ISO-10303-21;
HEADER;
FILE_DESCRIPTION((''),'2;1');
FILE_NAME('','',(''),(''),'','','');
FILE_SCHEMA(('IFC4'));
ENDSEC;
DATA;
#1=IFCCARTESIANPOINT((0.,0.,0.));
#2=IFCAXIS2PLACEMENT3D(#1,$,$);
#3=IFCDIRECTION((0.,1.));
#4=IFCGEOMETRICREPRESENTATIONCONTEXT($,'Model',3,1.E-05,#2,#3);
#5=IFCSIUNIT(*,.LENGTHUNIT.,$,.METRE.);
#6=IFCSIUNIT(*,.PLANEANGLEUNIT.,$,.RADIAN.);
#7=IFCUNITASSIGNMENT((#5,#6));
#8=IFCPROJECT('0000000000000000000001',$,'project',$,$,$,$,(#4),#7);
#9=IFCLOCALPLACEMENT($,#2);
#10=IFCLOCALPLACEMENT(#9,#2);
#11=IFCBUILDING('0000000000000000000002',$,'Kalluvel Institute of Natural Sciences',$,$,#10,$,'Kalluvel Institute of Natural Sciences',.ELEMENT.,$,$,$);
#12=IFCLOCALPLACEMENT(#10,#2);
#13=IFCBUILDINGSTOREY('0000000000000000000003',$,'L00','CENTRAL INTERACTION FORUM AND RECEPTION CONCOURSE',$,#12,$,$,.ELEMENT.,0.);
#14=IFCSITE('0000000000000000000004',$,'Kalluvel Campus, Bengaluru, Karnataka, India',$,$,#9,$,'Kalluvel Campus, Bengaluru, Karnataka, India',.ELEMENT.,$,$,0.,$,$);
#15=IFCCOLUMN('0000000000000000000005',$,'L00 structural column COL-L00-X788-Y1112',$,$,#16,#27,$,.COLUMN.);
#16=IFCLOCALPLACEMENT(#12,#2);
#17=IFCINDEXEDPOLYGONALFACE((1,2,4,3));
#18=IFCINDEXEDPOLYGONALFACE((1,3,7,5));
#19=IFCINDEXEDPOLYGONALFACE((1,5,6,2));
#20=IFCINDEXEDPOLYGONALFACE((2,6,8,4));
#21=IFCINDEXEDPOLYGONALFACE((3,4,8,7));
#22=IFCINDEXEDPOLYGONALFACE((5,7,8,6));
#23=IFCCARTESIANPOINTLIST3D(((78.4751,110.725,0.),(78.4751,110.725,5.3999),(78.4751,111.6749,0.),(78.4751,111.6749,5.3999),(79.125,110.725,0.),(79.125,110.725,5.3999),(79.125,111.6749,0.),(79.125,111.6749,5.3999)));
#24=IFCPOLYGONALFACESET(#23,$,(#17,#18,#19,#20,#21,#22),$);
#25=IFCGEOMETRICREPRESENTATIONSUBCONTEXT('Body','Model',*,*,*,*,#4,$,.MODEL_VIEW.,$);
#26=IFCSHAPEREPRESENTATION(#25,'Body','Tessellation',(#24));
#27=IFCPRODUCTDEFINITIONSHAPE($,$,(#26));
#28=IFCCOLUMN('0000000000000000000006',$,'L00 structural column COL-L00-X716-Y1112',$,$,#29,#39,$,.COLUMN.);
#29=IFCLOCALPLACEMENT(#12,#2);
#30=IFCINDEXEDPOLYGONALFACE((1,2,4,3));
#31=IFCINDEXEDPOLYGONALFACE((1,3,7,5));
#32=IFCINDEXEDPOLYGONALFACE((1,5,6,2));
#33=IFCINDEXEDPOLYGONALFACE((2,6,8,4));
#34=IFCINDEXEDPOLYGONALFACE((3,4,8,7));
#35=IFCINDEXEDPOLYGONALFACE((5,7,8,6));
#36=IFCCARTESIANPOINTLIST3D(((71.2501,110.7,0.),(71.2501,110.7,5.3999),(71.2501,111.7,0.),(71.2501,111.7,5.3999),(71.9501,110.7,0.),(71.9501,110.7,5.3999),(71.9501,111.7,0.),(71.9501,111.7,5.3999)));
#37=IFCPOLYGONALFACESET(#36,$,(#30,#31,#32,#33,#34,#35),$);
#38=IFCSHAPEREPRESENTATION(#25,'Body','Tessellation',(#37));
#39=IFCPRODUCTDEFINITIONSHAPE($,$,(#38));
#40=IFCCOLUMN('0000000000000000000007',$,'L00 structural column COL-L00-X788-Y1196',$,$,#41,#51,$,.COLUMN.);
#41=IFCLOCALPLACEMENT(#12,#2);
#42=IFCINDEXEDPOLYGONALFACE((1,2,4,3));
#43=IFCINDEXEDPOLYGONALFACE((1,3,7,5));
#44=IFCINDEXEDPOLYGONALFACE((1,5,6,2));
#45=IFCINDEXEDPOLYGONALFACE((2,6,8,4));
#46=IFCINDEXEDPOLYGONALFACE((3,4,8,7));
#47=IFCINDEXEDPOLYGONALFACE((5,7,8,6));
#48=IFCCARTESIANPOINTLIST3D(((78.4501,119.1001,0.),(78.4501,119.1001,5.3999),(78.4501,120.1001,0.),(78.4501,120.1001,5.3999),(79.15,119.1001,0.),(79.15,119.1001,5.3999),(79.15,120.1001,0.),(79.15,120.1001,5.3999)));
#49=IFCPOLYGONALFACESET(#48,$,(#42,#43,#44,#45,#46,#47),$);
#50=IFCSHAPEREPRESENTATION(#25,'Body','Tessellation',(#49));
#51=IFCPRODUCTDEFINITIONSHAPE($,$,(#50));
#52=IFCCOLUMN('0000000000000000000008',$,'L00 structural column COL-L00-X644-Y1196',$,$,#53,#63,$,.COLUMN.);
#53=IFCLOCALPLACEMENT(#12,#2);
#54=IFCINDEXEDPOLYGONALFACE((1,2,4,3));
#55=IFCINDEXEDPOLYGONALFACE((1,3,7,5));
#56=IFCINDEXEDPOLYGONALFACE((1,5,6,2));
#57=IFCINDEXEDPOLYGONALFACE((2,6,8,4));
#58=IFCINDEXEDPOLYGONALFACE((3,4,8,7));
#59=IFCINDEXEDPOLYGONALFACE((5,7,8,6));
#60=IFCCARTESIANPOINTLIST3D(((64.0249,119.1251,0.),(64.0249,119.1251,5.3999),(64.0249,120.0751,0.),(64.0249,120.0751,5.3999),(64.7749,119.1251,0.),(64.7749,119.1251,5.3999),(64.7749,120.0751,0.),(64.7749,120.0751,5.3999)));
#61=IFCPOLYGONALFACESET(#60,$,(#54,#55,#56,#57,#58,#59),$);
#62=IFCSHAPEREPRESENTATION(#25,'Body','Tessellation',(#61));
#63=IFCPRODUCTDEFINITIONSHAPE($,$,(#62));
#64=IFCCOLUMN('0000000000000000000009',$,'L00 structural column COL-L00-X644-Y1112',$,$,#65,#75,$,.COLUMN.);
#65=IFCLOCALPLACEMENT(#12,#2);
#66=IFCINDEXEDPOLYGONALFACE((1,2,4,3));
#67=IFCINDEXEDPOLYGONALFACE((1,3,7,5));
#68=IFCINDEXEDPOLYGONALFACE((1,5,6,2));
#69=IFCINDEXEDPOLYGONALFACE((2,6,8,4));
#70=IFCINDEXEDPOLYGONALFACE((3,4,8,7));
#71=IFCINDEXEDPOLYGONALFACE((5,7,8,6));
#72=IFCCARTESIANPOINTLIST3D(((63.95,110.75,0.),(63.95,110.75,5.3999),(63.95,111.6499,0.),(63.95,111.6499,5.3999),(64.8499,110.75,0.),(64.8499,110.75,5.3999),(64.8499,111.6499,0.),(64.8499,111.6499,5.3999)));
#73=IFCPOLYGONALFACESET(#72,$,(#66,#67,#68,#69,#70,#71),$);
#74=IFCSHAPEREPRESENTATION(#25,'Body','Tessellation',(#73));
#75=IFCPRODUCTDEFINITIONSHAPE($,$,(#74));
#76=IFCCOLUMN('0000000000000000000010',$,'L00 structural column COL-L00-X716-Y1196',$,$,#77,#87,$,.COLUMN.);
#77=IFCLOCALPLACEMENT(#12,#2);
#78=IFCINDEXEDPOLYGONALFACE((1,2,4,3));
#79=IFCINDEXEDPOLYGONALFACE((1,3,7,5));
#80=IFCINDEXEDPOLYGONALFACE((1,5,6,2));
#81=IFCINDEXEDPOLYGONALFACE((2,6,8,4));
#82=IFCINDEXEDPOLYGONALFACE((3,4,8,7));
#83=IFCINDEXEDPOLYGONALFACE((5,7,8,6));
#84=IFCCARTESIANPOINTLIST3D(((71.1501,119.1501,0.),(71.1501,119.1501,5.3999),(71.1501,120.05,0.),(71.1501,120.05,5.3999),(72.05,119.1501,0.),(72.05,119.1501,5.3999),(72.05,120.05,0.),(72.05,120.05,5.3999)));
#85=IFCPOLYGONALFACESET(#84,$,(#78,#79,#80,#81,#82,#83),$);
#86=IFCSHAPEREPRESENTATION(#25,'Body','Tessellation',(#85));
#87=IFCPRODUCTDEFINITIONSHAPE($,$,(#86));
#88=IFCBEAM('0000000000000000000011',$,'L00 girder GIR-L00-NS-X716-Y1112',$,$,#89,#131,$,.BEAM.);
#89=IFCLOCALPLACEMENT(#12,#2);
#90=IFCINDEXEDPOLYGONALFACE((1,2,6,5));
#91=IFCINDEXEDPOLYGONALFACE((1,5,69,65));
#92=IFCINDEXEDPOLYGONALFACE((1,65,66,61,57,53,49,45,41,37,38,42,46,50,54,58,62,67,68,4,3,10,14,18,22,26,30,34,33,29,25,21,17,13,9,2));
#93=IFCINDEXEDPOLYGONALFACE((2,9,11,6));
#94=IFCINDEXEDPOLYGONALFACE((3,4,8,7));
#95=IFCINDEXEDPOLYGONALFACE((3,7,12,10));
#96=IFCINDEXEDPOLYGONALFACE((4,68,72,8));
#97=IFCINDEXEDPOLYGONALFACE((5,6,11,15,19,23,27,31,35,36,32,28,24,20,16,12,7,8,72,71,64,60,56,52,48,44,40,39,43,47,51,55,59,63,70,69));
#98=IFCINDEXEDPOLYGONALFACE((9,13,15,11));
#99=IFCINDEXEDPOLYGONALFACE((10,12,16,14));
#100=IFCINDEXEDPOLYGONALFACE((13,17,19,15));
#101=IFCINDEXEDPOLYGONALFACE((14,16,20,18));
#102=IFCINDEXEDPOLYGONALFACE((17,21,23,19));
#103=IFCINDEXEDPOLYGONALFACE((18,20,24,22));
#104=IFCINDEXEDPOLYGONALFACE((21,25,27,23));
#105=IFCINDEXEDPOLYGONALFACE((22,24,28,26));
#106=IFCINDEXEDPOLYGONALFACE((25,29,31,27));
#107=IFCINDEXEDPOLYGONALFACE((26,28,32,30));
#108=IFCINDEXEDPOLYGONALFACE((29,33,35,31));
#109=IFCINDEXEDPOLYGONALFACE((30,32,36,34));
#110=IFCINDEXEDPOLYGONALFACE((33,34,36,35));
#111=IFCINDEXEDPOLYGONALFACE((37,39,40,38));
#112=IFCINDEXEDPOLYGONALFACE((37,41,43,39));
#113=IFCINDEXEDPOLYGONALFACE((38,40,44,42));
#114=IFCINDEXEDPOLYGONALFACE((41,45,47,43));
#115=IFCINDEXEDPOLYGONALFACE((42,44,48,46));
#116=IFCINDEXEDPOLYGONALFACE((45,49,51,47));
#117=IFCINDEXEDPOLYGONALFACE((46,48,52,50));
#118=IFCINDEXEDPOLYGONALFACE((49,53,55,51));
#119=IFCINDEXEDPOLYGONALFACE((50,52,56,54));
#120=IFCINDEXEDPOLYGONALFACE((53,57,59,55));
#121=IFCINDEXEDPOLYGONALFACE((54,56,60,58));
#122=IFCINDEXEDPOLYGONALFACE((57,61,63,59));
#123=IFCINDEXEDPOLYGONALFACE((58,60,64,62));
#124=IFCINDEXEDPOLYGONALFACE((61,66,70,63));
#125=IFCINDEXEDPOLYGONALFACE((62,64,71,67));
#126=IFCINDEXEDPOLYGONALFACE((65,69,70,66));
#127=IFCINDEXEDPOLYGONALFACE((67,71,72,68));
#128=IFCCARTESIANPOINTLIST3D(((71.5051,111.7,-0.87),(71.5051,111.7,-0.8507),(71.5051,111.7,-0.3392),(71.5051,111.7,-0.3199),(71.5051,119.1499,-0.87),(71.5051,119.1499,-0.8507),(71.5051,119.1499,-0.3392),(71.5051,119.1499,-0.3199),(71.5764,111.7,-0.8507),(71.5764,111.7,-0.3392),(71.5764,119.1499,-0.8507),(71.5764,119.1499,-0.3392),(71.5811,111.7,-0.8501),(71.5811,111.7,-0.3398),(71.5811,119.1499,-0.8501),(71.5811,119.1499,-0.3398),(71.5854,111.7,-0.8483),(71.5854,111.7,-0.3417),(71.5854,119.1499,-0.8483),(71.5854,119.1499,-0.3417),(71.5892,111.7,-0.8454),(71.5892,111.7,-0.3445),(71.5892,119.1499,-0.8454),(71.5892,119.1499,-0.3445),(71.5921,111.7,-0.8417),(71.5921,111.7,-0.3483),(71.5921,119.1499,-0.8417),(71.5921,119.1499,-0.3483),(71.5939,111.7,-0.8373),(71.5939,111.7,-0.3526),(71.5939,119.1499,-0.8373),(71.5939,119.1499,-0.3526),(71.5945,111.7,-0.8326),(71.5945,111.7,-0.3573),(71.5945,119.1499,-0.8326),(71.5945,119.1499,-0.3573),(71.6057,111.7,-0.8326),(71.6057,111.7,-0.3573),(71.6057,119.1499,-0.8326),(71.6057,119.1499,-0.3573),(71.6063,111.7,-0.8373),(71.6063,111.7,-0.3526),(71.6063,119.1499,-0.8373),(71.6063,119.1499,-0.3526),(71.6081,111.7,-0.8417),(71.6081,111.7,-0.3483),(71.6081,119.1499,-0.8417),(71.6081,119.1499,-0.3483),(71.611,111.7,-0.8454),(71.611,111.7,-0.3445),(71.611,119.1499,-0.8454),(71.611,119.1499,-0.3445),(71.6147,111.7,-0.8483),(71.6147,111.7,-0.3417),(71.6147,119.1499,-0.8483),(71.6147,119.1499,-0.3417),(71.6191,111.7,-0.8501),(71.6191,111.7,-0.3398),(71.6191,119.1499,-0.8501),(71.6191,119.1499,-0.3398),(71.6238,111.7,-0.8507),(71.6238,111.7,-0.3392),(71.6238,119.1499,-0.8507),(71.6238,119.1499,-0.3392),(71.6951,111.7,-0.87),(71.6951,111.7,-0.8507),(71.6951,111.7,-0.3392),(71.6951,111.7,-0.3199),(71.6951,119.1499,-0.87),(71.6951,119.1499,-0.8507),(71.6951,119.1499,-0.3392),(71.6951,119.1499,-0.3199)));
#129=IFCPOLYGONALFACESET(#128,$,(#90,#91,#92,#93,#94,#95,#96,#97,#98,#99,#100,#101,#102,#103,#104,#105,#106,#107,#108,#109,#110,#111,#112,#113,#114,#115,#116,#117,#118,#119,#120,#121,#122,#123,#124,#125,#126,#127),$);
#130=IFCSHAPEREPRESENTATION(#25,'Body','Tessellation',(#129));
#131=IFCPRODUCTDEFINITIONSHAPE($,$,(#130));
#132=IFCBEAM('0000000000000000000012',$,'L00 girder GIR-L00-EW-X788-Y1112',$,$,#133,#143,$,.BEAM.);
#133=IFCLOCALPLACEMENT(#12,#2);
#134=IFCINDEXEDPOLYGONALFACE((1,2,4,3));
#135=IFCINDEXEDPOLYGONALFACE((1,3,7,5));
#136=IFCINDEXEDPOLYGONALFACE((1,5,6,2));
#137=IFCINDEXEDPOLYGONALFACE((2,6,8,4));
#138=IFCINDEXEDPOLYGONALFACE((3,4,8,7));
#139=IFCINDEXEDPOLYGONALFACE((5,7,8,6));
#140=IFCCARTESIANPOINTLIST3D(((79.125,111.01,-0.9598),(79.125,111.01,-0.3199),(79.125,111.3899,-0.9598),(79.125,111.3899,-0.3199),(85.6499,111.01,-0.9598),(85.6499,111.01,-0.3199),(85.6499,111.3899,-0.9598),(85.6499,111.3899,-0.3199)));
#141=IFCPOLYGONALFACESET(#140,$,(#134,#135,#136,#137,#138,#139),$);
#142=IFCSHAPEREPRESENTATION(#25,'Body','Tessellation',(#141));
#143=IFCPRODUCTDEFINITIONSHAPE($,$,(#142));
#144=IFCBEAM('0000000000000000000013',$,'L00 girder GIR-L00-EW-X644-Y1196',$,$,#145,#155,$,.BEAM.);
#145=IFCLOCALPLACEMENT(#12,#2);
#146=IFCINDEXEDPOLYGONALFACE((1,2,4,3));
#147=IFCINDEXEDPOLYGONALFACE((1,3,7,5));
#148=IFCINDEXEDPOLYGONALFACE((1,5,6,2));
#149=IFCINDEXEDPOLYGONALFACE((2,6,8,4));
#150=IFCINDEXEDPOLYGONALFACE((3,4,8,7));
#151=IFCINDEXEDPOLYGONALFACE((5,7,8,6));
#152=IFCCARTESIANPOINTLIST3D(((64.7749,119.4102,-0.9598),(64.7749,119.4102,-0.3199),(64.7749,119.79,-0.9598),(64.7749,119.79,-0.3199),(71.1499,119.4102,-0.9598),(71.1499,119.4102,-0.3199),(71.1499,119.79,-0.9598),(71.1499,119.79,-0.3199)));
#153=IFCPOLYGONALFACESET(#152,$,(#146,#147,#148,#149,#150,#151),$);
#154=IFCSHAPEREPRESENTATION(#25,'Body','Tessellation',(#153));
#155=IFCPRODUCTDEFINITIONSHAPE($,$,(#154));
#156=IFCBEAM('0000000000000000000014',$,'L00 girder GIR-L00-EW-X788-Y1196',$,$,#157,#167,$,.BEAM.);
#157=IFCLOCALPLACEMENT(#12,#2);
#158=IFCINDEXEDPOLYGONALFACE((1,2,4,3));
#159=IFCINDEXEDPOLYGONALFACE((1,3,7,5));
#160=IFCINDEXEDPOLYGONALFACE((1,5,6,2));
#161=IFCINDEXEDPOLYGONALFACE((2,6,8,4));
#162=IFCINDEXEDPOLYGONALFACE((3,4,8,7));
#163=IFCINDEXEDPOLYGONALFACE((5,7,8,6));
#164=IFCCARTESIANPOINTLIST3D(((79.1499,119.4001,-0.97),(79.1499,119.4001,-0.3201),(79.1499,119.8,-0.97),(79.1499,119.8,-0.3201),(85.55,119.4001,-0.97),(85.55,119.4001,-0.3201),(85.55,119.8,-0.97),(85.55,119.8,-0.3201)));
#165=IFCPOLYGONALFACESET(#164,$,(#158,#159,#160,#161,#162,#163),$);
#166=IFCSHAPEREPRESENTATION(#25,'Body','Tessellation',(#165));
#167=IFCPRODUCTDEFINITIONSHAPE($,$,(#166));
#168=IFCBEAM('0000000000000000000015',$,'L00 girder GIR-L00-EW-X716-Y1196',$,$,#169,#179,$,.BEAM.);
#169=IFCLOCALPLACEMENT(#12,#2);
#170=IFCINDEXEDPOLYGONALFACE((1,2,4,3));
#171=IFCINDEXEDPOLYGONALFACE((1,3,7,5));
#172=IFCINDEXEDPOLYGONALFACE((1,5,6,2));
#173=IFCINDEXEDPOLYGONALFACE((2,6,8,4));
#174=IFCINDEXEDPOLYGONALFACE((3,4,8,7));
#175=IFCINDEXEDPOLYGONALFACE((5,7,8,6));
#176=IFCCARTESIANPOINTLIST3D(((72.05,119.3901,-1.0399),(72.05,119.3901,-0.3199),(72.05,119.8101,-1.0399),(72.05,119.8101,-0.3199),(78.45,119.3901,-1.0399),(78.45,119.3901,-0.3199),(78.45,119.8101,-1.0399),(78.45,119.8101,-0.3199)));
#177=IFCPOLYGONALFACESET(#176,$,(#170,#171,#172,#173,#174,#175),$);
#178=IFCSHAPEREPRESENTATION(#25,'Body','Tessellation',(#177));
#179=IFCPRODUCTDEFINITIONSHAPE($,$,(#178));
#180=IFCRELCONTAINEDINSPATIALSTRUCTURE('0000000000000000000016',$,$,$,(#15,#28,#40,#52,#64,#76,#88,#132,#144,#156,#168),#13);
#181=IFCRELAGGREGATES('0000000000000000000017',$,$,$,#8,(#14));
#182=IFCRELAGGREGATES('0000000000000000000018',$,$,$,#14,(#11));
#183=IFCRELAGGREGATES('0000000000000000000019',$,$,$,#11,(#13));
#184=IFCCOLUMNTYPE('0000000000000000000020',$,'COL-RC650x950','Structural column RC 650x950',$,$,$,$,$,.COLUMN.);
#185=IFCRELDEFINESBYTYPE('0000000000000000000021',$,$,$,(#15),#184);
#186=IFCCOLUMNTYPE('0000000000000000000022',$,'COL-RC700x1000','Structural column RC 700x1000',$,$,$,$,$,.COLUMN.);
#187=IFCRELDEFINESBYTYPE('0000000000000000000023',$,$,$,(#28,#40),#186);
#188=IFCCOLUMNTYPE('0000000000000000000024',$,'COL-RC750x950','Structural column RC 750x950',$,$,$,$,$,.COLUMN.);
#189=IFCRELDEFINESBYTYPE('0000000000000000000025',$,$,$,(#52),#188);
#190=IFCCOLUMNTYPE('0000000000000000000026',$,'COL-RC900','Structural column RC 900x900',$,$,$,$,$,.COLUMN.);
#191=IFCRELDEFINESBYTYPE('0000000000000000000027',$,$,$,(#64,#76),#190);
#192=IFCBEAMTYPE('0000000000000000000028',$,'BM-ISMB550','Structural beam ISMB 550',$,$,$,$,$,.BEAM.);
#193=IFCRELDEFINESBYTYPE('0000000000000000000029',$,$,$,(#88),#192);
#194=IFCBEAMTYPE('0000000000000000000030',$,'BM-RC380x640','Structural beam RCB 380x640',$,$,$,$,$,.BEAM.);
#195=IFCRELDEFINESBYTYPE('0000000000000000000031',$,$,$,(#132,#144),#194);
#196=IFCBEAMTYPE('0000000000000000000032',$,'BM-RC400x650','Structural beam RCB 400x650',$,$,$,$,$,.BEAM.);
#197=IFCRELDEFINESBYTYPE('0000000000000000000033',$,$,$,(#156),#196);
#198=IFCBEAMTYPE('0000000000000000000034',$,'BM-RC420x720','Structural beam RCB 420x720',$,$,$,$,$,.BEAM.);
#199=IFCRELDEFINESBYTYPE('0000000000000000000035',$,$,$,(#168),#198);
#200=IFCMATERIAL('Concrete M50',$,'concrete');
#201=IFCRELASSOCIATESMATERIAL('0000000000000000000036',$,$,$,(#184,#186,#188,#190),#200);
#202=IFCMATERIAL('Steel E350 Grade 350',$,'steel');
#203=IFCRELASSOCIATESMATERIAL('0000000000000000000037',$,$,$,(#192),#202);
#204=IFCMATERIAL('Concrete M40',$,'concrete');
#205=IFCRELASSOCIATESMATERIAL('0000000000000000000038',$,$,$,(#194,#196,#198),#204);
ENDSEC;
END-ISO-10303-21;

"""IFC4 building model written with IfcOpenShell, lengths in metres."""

from ifc_helpers import new_model, si_unit, direction, frame, origin, origin_2d, place, context, subcontext, project, spatial, rectangle, i_section, extrude, material, material_profile, profile_set, type_object, element, save


model = new_model("IFC4")

# Units and contexts
model_context = context("Model", 3, precision=1e-05, world=origin(), true_north=direction((0.0, 1.0)))
body_context = subcontext(model_context, "Body", "Model", "MODEL_VIEW")
ifc_project = project(units=[si_unit("LENGTHUNIT", "METRE"), si_unit("PLANEANGLEUNIT", "RADIAN")], contexts=[model_context])

# Site, building, storey
site_placement = place(None, origin())
site = spatial("IfcSite", under=ifc_project, at=site_placement, Name="Kalluvel Campus, Bengaluru, Karnataka, India", LongName="Kalluvel Campus, Bengaluru, Karnataka, India", CompositionType="ELEMENT", RefElevation=0.0)
building_placement = place(site_placement, origin())
building = spatial("IfcBuilding", under=site, at=building_placement, Name="Kalluvel Institute of Natural Sciences", LongName="Kalluvel Institute of Natural Sciences", CompositionType="ELEMENT")
storey_placement = place(building_placement, origin())
storey = spatial("IfcBuildingStorey", under=building, at=storey_placement, Name="L00", Description="CENTRAL INTERACTION FORUM AND RECEPTION CONCOURSE", CompositionType="ELEMENT", Elevation=0.0)

# Columns
ifc_material_1 = material(Name="Concrete M50", Category="concrete")
ifc_material_profile_1 = material_profile(ifc_material_1, rectangle(XDim=0.6499, YDim=0.95, at=origin_2d()), Name="RC 650x950")
ifc_profile_set_1 = profile_set([ifc_material_profile_1], Name="Concrete M50")
column_type_1 = type_object("IfcColumnType", Name="COL-RC650x950", Description="Structural column RC 650x950", PredefinedType="COLUMN", material=ifc_profile_set_1)
column_1_placement = place(storey_placement, frame((78.8, 111.2, 0.0), z_axis=(0.0, 0.0, 1.0), x_axis=(1.0, 0.0, 0.0)))
element("IfcColumn", 1, at=column_1_placement, inside=storey, type_object=column_type_1, Name="L00 structural column COL-L00-X788-Y1112", PredefinedType="COLUMN", context=body_context, shape_type="SweptSolid", body=[
    extrude(rectangle(XDim=0.6499, YDim=0.95, at=origin_2d()), origin(), (0.0, 0.0, 1.0), 5.3999),
])
ifc_material_profile_2 = material_profile(ifc_material_1, rectangle(XDim=0.7, YDim=1.0, at=origin_2d()), Name="RC 700x1000")
ifc_profile_set_2 = profile_set([ifc_material_profile_2], Name="Concrete M50")
column_type_2 = type_object("IfcColumnType", Name="COL-RC700x1000", Description="Structural column RC 700x1000", PredefinedType="COLUMN", material=ifc_profile_set_2)
for number, where, z_axis, x_axis, name in (
    (2, (71.6001, 111.2, 0.0), (0.0, 0.0, 1.0), (1.0, 0.0, 0.0), "L00 structural column COL-L00-X716-Y1112"),
    (3, (78.8, 119.6001, 0.0), (0.0, 0.0, 1.0), (1.0, 0.0, 0.0), "L00 structural column COL-L00-X788-Y1196"),
):
    element("IfcColumn", number, at=place(storey_placement, frame(where, z_axis=z_axis, x_axis=x_axis)), inside=storey, type_object=column_type_2, Name=name, PredefinedType="COLUMN", context=body_context, shape_type="SweptSolid", body=[
        extrude(rectangle(XDim=0.7, YDim=1.0, at=origin_2d()), origin(), (0.0, 0.0, 1.0), 5.3999),
    ])
ifc_material_profile_3 = material_profile(ifc_material_1, rectangle(XDim=0.75, YDim=0.95, at=origin_2d()), Name="RC 750x950")
ifc_profile_set_3 = profile_set([ifc_material_profile_3], Name="Concrete M50")
column_type_3 = type_object("IfcColumnType", Name="COL-RC750x950", Description="Structural column RC 750x950", PredefinedType="COLUMN", material=ifc_profile_set_3)
column_2_placement = place(storey_placement, frame((64.3999, 119.6001, 0.0), z_axis=(0.0, 0.0, 1.0), x_axis=(1.0, 0.0, 0.0)))
element("IfcColumn", 4, at=column_2_placement, inside=storey, type_object=column_type_3, Name="L00 structural column COL-L00-X644-Y1196", PredefinedType="COLUMN", context=body_context, shape_type="SweptSolid", body=[
    extrude(rectangle(XDim=0.75, YDim=0.95, at=origin_2d()), origin(), (0.0, 0.0, 1.0), 5.3999),
])
ifc_material_profile_4 = material_profile(ifc_material_1, rectangle(XDim=0.8999, YDim=0.8999, at=origin_2d()), Name="RC 900x900")
ifc_profile_set_4 = profile_set([ifc_material_profile_4], Name="Concrete M50")
column_type_4 = type_object("IfcColumnType", Name="COL-RC900", Description="Structural column RC 900x900", PredefinedType="COLUMN", material=ifc_profile_set_4)
for number, where, z_axis, x_axis, name in (
    (5, (64.3999, 111.2, 0.0), (0.0, 0.0, 1.0), (1.0, 0.0, 0.0), "L00 structural column COL-L00-X644-Y1112"),
    (6, (71.6001, 119.6001, 0.0), (0.0, 0.0, 1.0), (1.0, 0.0, 0.0), "L00 structural column COL-L00-X716-Y1196"),
):
    element("IfcColumn", number, at=place(storey_placement, frame(where, z_axis=z_axis, x_axis=x_axis)), inside=storey, type_object=column_type_4, Name=name, PredefinedType="COLUMN", context=body_context, shape_type="SweptSolid", body=[
        extrude(rectangle(XDim=0.8999, YDim=0.8999, at=origin_2d()), origin(), (0.0, 0.0, 1.0), 5.3999),
    ])

# Beams
ifc_material_2 = material(Name="Steel E350 Grade 350", Category="steel")
ifc_material_profile_5 = material_profile(ifc_material_2, i_section(OverallWidth=0.1899, OverallDepth=0.55, WebThickness=0.0112, FlangeThickness=0.0193, FilletRadius=0.0181, at=origin_2d()), Name="ISMB 550")
ifc_profile_set_5 = profile_set([ifc_material_profile_5], Name="Steel E350 Grade 350")
beam_type_1 = type_object("IfcBeamType", Name="BM-ISMB550", Description="Structural beam ISMB 550", PredefinedType="BEAM", material=ifc_profile_set_5)
beam_1_placement = place(storey_placement, frame((71.6001, 111.7, -0.595), z_axis=(0.0, 1.0, 0.0), x_axis=(-1.0, 0.0, 0.0)))
element("IfcBeam", 7, at=beam_1_placement, inside=storey, type_object=beam_type_1, Name="L00 girder GIR-L00-NS-X716-Y1112", PredefinedType="BEAM", context=body_context, shape_type="SweptSolid", body=[
    extrude(i_section(OverallWidth=0.1899, OverallDepth=0.55, WebThickness=0.0112, FlangeThickness=0.0193, FilletRadius=0.0181, at=origin_2d()), origin(), (0.0, 0.0, 1.0), 7.45),
])
ifc_material_3 = material(Name="Concrete M40", Category="concrete")
ifc_material_profile_6 = material_profile(ifc_material_3, rectangle(XDim=0.3799, YDim=0.6399, at=origin_2d()), Name="RCB 380x640")
ifc_profile_set_6 = profile_set([ifc_material_profile_6], Name="Concrete M40")
beam_type_2 = type_object("IfcBeamType", Name="BM-RC380x640", Description="Structural beam RCB 380x640", PredefinedType="BEAM", material=ifc_profile_set_6)
beam_2_placement = place(storey_placement, frame((79.125, 111.2, -0.6399), z_axis=(1.0, 0.0, 0.0), x_axis=(0.0, 1.0, 0.0)))
element("IfcBeam", 8, at=beam_2_placement, inside=storey, type_object=beam_type_2, Name="L00 girder GIR-L00-EW-X788-Y1112", PredefinedType="BEAM", context=body_context, shape_type="SweptSolid", body=[
    extrude(rectangle(XDim=0.3799, YDim=0.6399, at=origin_2d()), origin(), (0.0, 0.0, 1.0), 6.5249),
])
beam_3_placement = place(storey_placement, frame((64.7749, 119.6001, -0.6399), z_axis=(1.0, 0.0, 0.0), x_axis=(0.0, 1.0, 0.0)))
element("IfcBeam", 9, at=beam_3_placement, inside=storey, type_object=beam_type_2, Name="L00 girder GIR-L00-EW-X644-Y1196", PredefinedType="BEAM", context=body_context, shape_type="SweptSolid", body=[
    extrude(rectangle(XDim=0.3799, YDim=0.6399, at=origin_2d()), origin(), (0.0, 0.0, 1.0), 6.375),
])
ifc_material_profile_7 = material_profile(ifc_material_3, rectangle(XDim=0.3999, YDim=0.6499, at=origin_2d()), Name="RCB 400x650")
ifc_profile_set_7 = profile_set([ifc_material_profile_7], Name="Concrete M40")
beam_type_3 = type_object("IfcBeamType", Name="BM-RC400x650", Description="Structural beam RCB 400x650", PredefinedType="BEAM", material=ifc_profile_set_7)
beam_4_placement = place(storey_placement, frame((79.1499, 119.6001, -0.645), z_axis=(1.0, 0.0, 0.0), x_axis=(0.0, 1.0, 0.0)))
element("IfcBeam", 10, at=beam_4_placement, inside=storey, type_object=beam_type_3, Name="L00 girder GIR-L00-EW-X788-Y1196", PredefinedType="BEAM", context=body_context, shape_type="SweptSolid", body=[
    extrude(rectangle(XDim=0.3999, YDim=0.6499, at=origin_2d()), origin(), (0.0, 0.0, 1.0), 6.4001),
])
ifc_material_profile_8 = material_profile(ifc_material_3, rectangle(XDim=0.4199, YDim=0.72, at=origin_2d()), Name="RCB 420x720")
ifc_profile_set_8 = profile_set([ifc_material_profile_8], Name="Concrete M40")
beam_type_4 = type_object("IfcBeamType", Name="BM-RC420x720", Description="Structural beam RCB 420x720", PredefinedType="BEAM", material=ifc_profile_set_8)
beam_5_placement = place(storey_placement, frame((72.05, 119.6001, -0.6799), z_axis=(1.0, 0.0, 0.0), x_axis=(0.0, 1.0, 0.0)))
element("IfcBeam", 11, at=beam_5_placement, inside=storey, type_object=beam_type_4, Name="L00 girder GIR-L00-EW-X716-Y1196", PredefinedType="BEAM", context=body_context, shape_type="SweptSolid", body=[
    extrude(rectangle(XDim=0.4199, YDim=0.72, at=origin_2d()), origin(), (0.0, 0.0, 1.0), 6.3999),
])

save(model, "model.ifc")
